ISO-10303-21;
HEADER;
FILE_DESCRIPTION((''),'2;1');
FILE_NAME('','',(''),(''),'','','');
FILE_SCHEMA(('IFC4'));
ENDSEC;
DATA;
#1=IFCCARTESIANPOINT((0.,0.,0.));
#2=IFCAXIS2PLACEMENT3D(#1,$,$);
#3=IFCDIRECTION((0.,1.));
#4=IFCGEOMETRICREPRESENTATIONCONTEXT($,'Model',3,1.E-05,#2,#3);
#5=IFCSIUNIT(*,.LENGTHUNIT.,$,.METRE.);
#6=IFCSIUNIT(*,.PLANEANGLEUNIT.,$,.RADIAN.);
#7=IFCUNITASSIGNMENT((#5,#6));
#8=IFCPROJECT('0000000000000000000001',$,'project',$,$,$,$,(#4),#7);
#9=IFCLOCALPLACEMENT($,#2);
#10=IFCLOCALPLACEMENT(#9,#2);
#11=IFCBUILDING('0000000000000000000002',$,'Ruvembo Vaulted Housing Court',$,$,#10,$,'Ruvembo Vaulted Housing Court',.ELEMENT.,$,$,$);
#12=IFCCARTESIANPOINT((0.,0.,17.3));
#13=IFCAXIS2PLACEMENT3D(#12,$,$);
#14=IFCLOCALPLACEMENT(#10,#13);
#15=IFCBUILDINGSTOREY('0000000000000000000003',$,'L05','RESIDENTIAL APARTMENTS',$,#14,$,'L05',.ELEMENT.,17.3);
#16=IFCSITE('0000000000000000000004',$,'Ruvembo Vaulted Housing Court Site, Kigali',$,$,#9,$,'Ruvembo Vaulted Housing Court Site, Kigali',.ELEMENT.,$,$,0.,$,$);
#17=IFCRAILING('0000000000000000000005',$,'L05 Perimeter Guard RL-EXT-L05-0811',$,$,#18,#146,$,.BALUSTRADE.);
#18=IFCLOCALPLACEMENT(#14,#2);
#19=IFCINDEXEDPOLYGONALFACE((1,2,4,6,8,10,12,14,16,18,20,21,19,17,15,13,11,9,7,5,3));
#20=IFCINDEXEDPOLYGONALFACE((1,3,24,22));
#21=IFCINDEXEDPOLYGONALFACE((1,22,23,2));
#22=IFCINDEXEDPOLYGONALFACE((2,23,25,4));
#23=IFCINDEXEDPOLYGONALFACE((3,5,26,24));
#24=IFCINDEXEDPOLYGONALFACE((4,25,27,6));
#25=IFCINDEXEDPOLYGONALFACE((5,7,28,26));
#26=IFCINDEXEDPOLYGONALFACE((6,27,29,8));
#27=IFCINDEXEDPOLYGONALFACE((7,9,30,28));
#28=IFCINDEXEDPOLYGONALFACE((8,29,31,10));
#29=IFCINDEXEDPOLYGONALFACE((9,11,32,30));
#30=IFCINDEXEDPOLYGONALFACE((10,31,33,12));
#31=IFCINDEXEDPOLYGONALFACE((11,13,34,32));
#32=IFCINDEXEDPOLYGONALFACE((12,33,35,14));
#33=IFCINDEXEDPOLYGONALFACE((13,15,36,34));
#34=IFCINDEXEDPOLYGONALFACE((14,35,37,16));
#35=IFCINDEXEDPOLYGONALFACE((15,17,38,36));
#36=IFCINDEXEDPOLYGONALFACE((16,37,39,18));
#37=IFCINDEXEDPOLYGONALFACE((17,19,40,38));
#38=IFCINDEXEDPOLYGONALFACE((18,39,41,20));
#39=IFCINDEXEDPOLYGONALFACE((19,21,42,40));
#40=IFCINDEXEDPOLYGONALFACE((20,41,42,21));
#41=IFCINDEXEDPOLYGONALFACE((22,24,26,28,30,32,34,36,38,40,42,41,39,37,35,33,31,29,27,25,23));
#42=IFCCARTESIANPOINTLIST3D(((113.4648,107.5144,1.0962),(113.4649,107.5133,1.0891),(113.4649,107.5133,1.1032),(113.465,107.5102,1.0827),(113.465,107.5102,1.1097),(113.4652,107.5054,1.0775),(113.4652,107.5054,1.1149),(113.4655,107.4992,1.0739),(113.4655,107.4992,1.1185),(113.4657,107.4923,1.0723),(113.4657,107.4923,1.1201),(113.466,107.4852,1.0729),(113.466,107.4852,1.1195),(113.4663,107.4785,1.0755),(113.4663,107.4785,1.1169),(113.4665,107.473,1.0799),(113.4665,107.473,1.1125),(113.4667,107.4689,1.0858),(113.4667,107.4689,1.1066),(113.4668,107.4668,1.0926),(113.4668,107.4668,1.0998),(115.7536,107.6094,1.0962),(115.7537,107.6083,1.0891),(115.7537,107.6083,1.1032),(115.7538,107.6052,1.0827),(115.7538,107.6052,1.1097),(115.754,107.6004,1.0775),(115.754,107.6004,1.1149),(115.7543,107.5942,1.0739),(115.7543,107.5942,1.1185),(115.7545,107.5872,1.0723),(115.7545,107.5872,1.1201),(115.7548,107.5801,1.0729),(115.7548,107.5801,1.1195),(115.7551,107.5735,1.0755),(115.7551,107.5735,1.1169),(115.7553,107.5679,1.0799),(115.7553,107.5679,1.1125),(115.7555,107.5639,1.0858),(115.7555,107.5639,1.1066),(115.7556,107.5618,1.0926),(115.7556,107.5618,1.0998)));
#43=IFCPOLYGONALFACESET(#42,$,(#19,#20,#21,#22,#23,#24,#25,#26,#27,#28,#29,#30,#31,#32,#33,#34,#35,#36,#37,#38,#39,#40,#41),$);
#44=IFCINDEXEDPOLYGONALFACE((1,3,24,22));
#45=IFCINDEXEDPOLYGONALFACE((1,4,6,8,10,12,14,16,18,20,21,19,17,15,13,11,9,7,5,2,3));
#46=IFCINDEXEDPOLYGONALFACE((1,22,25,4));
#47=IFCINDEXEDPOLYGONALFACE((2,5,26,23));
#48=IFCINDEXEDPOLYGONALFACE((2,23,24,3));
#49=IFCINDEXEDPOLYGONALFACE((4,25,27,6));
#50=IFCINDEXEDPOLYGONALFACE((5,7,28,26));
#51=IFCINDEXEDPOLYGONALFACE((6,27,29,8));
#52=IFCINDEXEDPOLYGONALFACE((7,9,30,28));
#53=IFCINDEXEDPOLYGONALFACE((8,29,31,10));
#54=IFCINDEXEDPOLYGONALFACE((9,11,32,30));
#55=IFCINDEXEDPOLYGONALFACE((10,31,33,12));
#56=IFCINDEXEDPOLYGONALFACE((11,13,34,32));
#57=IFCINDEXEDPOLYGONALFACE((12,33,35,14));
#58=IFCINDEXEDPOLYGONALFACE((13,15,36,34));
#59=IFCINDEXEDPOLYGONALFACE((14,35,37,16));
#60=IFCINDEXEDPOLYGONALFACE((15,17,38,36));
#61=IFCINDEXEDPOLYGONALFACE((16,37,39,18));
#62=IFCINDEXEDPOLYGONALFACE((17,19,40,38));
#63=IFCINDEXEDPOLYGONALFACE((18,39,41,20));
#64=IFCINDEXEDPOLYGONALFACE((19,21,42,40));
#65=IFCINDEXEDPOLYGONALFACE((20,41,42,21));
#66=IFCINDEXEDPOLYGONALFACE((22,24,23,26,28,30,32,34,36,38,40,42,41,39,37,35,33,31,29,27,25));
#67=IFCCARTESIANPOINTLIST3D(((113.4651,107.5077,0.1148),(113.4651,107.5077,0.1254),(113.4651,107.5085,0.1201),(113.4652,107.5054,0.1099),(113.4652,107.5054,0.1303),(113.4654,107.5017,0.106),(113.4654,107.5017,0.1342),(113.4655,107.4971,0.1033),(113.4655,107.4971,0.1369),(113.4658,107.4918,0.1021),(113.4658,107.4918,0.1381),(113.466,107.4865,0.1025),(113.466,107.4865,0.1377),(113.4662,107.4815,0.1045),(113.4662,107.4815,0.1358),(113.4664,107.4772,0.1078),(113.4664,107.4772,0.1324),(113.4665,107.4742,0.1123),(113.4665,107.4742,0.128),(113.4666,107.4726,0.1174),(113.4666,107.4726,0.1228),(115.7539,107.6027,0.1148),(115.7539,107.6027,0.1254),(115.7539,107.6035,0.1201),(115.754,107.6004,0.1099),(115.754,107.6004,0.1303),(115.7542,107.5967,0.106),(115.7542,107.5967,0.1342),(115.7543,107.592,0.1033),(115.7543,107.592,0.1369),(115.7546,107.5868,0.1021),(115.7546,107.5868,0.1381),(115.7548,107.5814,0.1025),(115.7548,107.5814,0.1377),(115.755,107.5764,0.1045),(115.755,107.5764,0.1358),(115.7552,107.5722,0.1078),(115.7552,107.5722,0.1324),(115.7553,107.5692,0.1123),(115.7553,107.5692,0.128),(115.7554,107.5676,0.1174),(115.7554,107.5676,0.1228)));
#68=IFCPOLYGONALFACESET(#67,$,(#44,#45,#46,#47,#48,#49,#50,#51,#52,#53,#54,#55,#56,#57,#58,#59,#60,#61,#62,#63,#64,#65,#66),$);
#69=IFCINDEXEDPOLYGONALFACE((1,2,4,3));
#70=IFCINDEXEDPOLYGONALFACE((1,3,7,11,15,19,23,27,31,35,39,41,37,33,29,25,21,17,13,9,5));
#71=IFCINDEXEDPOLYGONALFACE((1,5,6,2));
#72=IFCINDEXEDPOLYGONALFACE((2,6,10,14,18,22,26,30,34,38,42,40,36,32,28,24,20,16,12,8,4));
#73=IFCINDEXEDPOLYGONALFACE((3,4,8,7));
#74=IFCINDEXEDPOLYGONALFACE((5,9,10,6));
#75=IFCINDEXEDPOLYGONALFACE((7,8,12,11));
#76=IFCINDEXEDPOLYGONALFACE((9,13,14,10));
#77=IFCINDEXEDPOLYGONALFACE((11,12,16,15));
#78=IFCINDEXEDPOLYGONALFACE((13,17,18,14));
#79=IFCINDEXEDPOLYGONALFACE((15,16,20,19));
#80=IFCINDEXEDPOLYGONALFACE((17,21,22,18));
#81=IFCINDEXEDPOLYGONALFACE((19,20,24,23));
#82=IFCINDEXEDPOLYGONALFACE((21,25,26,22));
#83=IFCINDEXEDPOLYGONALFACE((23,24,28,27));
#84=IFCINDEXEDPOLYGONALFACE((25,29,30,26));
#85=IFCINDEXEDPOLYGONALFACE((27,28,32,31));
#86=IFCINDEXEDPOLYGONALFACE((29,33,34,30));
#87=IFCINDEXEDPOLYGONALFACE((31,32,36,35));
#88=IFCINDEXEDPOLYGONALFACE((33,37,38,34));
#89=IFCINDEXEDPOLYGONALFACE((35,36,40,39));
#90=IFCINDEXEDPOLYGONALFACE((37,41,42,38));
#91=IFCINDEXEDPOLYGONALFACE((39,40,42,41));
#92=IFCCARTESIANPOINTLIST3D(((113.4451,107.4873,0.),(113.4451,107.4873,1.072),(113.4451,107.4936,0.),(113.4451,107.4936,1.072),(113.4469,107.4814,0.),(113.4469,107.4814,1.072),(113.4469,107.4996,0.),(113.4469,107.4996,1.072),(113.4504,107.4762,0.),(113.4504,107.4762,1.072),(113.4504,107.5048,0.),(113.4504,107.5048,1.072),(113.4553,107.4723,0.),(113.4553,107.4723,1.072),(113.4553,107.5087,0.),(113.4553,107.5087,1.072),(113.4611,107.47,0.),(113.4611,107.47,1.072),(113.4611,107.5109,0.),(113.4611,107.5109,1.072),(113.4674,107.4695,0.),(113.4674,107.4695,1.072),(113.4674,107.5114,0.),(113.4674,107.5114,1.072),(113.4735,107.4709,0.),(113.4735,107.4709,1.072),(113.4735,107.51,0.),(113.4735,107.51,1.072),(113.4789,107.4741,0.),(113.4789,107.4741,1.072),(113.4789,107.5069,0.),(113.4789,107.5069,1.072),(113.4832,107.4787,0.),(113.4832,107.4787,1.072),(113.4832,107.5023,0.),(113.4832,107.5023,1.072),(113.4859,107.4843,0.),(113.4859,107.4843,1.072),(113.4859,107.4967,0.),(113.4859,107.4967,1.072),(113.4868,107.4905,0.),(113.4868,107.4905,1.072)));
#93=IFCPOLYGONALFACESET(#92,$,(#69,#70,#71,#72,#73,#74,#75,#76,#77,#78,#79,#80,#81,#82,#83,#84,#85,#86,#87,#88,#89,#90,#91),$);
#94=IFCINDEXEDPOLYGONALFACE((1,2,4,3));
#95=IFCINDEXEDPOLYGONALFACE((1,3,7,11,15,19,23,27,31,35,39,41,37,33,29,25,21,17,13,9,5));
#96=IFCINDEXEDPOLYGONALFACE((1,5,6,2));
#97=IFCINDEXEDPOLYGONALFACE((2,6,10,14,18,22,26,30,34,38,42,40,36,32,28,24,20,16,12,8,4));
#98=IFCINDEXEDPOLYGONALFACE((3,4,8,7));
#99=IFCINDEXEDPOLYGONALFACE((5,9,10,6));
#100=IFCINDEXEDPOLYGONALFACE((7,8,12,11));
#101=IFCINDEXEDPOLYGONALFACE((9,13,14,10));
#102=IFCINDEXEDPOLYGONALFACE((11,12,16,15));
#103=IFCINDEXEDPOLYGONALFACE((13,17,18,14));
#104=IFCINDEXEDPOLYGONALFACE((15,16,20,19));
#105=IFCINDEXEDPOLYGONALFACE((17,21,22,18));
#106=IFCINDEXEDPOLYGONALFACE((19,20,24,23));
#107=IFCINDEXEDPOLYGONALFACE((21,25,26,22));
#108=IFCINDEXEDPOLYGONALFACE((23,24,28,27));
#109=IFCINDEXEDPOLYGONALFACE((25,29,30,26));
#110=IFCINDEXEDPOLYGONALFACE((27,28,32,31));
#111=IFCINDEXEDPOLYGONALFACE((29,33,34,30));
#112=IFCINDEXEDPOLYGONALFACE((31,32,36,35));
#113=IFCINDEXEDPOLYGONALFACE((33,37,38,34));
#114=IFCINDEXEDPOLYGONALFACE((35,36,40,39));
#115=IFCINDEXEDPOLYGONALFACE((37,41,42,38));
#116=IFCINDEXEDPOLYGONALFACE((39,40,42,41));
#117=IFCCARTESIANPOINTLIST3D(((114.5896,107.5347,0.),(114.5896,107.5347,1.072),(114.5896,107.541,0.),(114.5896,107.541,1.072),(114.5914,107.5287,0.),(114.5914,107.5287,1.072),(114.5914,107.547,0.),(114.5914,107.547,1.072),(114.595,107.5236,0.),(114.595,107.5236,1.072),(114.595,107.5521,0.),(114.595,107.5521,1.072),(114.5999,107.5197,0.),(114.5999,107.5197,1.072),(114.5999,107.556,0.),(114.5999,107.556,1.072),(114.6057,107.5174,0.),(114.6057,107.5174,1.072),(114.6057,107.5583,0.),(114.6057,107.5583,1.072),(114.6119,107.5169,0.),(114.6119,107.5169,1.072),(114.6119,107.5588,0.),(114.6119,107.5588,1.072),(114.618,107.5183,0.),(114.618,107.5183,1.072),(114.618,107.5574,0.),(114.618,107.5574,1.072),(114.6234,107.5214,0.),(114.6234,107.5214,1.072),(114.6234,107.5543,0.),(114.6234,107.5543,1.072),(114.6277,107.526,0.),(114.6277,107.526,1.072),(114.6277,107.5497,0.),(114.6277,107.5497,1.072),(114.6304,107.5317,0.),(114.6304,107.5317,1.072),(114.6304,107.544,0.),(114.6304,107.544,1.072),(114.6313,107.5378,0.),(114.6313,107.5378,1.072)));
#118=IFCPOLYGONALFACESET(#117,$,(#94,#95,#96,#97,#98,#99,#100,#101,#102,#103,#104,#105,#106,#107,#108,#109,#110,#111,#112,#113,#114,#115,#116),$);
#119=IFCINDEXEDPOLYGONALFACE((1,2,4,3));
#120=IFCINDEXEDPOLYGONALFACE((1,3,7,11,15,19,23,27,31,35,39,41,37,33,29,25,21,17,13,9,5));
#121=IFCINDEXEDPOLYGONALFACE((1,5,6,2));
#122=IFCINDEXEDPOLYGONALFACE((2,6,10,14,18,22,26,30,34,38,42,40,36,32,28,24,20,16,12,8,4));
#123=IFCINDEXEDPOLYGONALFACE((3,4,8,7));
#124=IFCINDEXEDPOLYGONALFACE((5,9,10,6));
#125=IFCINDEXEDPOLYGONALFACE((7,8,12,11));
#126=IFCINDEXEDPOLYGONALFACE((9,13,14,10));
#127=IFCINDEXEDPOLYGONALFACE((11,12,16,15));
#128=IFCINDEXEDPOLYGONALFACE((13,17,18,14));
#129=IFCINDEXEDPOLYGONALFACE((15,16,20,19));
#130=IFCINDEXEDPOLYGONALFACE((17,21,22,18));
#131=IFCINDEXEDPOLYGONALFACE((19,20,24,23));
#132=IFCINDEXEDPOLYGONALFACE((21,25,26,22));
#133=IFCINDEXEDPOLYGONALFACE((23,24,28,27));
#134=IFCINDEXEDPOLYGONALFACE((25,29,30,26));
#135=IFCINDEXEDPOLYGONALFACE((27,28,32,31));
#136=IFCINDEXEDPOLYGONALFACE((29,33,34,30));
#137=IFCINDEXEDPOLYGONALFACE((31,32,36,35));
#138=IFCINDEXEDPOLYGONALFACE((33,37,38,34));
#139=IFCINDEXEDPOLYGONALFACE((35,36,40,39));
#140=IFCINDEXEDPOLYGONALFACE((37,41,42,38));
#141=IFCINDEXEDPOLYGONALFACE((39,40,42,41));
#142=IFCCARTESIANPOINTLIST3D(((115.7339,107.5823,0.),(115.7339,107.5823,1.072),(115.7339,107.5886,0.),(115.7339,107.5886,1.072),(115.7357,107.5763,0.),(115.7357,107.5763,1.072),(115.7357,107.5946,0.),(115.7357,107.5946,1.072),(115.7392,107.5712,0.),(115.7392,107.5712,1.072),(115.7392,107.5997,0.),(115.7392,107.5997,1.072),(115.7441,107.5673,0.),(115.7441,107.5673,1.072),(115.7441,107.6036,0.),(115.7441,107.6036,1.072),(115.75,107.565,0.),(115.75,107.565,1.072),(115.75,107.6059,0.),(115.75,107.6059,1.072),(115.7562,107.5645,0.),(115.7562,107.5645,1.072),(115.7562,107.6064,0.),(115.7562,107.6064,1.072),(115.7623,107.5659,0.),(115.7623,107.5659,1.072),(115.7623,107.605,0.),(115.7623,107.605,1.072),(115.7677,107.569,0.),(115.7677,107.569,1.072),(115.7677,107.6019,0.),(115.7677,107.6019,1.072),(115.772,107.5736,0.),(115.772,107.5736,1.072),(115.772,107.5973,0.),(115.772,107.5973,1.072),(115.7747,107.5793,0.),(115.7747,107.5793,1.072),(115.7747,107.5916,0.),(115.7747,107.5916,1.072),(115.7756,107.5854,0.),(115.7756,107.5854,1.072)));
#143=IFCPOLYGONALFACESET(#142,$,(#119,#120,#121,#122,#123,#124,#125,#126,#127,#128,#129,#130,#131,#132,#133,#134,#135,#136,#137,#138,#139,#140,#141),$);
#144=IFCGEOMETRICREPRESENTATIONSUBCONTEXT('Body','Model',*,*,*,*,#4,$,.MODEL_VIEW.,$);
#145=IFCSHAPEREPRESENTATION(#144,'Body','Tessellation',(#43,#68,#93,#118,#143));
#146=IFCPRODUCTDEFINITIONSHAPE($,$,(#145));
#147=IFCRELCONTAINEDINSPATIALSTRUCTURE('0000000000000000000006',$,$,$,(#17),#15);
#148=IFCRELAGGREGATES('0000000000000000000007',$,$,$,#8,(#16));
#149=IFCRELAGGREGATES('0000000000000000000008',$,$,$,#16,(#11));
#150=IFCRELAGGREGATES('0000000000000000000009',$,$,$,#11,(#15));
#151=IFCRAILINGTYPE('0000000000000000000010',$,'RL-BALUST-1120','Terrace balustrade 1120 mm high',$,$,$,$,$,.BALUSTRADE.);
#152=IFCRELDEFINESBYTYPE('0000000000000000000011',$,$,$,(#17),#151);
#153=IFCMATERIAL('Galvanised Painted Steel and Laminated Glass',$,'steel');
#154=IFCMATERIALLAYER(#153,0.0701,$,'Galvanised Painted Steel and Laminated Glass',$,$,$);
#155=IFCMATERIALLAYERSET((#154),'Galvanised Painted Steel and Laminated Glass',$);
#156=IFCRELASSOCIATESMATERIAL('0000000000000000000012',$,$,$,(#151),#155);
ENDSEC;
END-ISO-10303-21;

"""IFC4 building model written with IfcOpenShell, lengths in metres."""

from ifc_helpers import new_model, si_unit, direction, frame, origin, origin_2d, place, context, subcontext, project, spatial, circle, extrude, material, layer, layer_set, type_object, element, save


model = new_model("IFC4")

# Units and contexts
model_context = context("Model", 3, precision=1e-05, world=origin(), true_north=direction((0.0, 1.0)))
body_context = subcontext(model_context, "Body", "Model", "MODEL_VIEW")
ifc_project = project(units=[si_unit("LENGTHUNIT", "METRE"), si_unit("PLANEANGLEUNIT", "RADIAN")], contexts=[model_context])

# Site, building, storey
site_placement = place(None, origin())
site = spatial("IfcSite", under=ifc_project, at=site_placement, Name="Ruvembo Vaulted Housing Court Site, Kigali", LongName="Ruvembo Vaulted Housing Court Site, Kigali", CompositionType="ELEMENT", RefElevation=0.0)
building_placement = place(site_placement, origin())
building = spatial("IfcBuilding", under=site, at=building_placement, Name="Ruvembo Vaulted Housing Court", LongName="Ruvembo Vaulted Housing Court", CompositionType="ELEMENT")
storey_placement = place(building_placement, frame((0.0, 0.0, 17.3)))
storey = spatial("IfcBuildingStorey", under=building, at=storey_placement, Name="L05", Description="RESIDENTIAL APARTMENTS", LongName="L05", CompositionType="ELEMENT", Elevation=17.3)

# Railing
ifc_material_1 = material(Name="Galvanised Painted Steel and Laminated Glass", Category="steel")
ifc_layer_1 = layer(ifc_material_1, 0.0701, Name="Galvanised Painted Steel and Laminated Glass")
ifc_layer_set_1 = layer_set([ifc_layer_1], Name="Galvanised Painted Steel and Laminated Glass")
railing_type = type_object("IfcRailingType", Name="RL-BALUST-1120", Description="Terrace balustrade 1120 mm high", PredefinedType="BALUSTRADE", material=ifc_layer_set_1)
railing_1_placement = place(storey_placement, frame((113.4658, 107.4905, 0.0)))
element("IfcRailing", 1, at=railing_1_placement, inside=storey, type_object=railing_type, Name="L05 Perimeter Guard RL-EXT-L05-0811", PredefinedType="BALUSTRADE", context=body_context, shape_type="SweptSolid", body=[
    extrude(circle(Radius=0.0239, at=origin_2d()), frame((0.0, 0.0, 1.0962), z_axis=(0.99914, 0.041458, 0.0), x_axis=(-0.041458, 0.99914, 0.0)), (0.0, 0.0, 1.0), 2.2908),
    extrude(circle(Radius=0.0181, at=origin_2d()), frame((0.0, 0.0, 0.1201), z_axis=(0.99914, 0.041458, 0.0), x_axis=(-0.041458, 0.99914, 0.0)), (0.0, 0.0, 1.0), 2.2908),
    extrude(circle(Radius=0.021, at=origin_2d()), origin(), (0.0, 0.0, 1.0), 1.072),
    extrude(circle(Radius=0.021, at=origin_2d()), frame((1.1445, 0.0474, 0.0)), (0.0, 0.0, 1.0), 1.072),
    extrude(circle(Radius=0.021, at=origin_2d()), frame((2.2888, 0.095, 0.0)), (0.0, 0.0, 1.0), 1.072),
])

save(model, "model.ifc")
